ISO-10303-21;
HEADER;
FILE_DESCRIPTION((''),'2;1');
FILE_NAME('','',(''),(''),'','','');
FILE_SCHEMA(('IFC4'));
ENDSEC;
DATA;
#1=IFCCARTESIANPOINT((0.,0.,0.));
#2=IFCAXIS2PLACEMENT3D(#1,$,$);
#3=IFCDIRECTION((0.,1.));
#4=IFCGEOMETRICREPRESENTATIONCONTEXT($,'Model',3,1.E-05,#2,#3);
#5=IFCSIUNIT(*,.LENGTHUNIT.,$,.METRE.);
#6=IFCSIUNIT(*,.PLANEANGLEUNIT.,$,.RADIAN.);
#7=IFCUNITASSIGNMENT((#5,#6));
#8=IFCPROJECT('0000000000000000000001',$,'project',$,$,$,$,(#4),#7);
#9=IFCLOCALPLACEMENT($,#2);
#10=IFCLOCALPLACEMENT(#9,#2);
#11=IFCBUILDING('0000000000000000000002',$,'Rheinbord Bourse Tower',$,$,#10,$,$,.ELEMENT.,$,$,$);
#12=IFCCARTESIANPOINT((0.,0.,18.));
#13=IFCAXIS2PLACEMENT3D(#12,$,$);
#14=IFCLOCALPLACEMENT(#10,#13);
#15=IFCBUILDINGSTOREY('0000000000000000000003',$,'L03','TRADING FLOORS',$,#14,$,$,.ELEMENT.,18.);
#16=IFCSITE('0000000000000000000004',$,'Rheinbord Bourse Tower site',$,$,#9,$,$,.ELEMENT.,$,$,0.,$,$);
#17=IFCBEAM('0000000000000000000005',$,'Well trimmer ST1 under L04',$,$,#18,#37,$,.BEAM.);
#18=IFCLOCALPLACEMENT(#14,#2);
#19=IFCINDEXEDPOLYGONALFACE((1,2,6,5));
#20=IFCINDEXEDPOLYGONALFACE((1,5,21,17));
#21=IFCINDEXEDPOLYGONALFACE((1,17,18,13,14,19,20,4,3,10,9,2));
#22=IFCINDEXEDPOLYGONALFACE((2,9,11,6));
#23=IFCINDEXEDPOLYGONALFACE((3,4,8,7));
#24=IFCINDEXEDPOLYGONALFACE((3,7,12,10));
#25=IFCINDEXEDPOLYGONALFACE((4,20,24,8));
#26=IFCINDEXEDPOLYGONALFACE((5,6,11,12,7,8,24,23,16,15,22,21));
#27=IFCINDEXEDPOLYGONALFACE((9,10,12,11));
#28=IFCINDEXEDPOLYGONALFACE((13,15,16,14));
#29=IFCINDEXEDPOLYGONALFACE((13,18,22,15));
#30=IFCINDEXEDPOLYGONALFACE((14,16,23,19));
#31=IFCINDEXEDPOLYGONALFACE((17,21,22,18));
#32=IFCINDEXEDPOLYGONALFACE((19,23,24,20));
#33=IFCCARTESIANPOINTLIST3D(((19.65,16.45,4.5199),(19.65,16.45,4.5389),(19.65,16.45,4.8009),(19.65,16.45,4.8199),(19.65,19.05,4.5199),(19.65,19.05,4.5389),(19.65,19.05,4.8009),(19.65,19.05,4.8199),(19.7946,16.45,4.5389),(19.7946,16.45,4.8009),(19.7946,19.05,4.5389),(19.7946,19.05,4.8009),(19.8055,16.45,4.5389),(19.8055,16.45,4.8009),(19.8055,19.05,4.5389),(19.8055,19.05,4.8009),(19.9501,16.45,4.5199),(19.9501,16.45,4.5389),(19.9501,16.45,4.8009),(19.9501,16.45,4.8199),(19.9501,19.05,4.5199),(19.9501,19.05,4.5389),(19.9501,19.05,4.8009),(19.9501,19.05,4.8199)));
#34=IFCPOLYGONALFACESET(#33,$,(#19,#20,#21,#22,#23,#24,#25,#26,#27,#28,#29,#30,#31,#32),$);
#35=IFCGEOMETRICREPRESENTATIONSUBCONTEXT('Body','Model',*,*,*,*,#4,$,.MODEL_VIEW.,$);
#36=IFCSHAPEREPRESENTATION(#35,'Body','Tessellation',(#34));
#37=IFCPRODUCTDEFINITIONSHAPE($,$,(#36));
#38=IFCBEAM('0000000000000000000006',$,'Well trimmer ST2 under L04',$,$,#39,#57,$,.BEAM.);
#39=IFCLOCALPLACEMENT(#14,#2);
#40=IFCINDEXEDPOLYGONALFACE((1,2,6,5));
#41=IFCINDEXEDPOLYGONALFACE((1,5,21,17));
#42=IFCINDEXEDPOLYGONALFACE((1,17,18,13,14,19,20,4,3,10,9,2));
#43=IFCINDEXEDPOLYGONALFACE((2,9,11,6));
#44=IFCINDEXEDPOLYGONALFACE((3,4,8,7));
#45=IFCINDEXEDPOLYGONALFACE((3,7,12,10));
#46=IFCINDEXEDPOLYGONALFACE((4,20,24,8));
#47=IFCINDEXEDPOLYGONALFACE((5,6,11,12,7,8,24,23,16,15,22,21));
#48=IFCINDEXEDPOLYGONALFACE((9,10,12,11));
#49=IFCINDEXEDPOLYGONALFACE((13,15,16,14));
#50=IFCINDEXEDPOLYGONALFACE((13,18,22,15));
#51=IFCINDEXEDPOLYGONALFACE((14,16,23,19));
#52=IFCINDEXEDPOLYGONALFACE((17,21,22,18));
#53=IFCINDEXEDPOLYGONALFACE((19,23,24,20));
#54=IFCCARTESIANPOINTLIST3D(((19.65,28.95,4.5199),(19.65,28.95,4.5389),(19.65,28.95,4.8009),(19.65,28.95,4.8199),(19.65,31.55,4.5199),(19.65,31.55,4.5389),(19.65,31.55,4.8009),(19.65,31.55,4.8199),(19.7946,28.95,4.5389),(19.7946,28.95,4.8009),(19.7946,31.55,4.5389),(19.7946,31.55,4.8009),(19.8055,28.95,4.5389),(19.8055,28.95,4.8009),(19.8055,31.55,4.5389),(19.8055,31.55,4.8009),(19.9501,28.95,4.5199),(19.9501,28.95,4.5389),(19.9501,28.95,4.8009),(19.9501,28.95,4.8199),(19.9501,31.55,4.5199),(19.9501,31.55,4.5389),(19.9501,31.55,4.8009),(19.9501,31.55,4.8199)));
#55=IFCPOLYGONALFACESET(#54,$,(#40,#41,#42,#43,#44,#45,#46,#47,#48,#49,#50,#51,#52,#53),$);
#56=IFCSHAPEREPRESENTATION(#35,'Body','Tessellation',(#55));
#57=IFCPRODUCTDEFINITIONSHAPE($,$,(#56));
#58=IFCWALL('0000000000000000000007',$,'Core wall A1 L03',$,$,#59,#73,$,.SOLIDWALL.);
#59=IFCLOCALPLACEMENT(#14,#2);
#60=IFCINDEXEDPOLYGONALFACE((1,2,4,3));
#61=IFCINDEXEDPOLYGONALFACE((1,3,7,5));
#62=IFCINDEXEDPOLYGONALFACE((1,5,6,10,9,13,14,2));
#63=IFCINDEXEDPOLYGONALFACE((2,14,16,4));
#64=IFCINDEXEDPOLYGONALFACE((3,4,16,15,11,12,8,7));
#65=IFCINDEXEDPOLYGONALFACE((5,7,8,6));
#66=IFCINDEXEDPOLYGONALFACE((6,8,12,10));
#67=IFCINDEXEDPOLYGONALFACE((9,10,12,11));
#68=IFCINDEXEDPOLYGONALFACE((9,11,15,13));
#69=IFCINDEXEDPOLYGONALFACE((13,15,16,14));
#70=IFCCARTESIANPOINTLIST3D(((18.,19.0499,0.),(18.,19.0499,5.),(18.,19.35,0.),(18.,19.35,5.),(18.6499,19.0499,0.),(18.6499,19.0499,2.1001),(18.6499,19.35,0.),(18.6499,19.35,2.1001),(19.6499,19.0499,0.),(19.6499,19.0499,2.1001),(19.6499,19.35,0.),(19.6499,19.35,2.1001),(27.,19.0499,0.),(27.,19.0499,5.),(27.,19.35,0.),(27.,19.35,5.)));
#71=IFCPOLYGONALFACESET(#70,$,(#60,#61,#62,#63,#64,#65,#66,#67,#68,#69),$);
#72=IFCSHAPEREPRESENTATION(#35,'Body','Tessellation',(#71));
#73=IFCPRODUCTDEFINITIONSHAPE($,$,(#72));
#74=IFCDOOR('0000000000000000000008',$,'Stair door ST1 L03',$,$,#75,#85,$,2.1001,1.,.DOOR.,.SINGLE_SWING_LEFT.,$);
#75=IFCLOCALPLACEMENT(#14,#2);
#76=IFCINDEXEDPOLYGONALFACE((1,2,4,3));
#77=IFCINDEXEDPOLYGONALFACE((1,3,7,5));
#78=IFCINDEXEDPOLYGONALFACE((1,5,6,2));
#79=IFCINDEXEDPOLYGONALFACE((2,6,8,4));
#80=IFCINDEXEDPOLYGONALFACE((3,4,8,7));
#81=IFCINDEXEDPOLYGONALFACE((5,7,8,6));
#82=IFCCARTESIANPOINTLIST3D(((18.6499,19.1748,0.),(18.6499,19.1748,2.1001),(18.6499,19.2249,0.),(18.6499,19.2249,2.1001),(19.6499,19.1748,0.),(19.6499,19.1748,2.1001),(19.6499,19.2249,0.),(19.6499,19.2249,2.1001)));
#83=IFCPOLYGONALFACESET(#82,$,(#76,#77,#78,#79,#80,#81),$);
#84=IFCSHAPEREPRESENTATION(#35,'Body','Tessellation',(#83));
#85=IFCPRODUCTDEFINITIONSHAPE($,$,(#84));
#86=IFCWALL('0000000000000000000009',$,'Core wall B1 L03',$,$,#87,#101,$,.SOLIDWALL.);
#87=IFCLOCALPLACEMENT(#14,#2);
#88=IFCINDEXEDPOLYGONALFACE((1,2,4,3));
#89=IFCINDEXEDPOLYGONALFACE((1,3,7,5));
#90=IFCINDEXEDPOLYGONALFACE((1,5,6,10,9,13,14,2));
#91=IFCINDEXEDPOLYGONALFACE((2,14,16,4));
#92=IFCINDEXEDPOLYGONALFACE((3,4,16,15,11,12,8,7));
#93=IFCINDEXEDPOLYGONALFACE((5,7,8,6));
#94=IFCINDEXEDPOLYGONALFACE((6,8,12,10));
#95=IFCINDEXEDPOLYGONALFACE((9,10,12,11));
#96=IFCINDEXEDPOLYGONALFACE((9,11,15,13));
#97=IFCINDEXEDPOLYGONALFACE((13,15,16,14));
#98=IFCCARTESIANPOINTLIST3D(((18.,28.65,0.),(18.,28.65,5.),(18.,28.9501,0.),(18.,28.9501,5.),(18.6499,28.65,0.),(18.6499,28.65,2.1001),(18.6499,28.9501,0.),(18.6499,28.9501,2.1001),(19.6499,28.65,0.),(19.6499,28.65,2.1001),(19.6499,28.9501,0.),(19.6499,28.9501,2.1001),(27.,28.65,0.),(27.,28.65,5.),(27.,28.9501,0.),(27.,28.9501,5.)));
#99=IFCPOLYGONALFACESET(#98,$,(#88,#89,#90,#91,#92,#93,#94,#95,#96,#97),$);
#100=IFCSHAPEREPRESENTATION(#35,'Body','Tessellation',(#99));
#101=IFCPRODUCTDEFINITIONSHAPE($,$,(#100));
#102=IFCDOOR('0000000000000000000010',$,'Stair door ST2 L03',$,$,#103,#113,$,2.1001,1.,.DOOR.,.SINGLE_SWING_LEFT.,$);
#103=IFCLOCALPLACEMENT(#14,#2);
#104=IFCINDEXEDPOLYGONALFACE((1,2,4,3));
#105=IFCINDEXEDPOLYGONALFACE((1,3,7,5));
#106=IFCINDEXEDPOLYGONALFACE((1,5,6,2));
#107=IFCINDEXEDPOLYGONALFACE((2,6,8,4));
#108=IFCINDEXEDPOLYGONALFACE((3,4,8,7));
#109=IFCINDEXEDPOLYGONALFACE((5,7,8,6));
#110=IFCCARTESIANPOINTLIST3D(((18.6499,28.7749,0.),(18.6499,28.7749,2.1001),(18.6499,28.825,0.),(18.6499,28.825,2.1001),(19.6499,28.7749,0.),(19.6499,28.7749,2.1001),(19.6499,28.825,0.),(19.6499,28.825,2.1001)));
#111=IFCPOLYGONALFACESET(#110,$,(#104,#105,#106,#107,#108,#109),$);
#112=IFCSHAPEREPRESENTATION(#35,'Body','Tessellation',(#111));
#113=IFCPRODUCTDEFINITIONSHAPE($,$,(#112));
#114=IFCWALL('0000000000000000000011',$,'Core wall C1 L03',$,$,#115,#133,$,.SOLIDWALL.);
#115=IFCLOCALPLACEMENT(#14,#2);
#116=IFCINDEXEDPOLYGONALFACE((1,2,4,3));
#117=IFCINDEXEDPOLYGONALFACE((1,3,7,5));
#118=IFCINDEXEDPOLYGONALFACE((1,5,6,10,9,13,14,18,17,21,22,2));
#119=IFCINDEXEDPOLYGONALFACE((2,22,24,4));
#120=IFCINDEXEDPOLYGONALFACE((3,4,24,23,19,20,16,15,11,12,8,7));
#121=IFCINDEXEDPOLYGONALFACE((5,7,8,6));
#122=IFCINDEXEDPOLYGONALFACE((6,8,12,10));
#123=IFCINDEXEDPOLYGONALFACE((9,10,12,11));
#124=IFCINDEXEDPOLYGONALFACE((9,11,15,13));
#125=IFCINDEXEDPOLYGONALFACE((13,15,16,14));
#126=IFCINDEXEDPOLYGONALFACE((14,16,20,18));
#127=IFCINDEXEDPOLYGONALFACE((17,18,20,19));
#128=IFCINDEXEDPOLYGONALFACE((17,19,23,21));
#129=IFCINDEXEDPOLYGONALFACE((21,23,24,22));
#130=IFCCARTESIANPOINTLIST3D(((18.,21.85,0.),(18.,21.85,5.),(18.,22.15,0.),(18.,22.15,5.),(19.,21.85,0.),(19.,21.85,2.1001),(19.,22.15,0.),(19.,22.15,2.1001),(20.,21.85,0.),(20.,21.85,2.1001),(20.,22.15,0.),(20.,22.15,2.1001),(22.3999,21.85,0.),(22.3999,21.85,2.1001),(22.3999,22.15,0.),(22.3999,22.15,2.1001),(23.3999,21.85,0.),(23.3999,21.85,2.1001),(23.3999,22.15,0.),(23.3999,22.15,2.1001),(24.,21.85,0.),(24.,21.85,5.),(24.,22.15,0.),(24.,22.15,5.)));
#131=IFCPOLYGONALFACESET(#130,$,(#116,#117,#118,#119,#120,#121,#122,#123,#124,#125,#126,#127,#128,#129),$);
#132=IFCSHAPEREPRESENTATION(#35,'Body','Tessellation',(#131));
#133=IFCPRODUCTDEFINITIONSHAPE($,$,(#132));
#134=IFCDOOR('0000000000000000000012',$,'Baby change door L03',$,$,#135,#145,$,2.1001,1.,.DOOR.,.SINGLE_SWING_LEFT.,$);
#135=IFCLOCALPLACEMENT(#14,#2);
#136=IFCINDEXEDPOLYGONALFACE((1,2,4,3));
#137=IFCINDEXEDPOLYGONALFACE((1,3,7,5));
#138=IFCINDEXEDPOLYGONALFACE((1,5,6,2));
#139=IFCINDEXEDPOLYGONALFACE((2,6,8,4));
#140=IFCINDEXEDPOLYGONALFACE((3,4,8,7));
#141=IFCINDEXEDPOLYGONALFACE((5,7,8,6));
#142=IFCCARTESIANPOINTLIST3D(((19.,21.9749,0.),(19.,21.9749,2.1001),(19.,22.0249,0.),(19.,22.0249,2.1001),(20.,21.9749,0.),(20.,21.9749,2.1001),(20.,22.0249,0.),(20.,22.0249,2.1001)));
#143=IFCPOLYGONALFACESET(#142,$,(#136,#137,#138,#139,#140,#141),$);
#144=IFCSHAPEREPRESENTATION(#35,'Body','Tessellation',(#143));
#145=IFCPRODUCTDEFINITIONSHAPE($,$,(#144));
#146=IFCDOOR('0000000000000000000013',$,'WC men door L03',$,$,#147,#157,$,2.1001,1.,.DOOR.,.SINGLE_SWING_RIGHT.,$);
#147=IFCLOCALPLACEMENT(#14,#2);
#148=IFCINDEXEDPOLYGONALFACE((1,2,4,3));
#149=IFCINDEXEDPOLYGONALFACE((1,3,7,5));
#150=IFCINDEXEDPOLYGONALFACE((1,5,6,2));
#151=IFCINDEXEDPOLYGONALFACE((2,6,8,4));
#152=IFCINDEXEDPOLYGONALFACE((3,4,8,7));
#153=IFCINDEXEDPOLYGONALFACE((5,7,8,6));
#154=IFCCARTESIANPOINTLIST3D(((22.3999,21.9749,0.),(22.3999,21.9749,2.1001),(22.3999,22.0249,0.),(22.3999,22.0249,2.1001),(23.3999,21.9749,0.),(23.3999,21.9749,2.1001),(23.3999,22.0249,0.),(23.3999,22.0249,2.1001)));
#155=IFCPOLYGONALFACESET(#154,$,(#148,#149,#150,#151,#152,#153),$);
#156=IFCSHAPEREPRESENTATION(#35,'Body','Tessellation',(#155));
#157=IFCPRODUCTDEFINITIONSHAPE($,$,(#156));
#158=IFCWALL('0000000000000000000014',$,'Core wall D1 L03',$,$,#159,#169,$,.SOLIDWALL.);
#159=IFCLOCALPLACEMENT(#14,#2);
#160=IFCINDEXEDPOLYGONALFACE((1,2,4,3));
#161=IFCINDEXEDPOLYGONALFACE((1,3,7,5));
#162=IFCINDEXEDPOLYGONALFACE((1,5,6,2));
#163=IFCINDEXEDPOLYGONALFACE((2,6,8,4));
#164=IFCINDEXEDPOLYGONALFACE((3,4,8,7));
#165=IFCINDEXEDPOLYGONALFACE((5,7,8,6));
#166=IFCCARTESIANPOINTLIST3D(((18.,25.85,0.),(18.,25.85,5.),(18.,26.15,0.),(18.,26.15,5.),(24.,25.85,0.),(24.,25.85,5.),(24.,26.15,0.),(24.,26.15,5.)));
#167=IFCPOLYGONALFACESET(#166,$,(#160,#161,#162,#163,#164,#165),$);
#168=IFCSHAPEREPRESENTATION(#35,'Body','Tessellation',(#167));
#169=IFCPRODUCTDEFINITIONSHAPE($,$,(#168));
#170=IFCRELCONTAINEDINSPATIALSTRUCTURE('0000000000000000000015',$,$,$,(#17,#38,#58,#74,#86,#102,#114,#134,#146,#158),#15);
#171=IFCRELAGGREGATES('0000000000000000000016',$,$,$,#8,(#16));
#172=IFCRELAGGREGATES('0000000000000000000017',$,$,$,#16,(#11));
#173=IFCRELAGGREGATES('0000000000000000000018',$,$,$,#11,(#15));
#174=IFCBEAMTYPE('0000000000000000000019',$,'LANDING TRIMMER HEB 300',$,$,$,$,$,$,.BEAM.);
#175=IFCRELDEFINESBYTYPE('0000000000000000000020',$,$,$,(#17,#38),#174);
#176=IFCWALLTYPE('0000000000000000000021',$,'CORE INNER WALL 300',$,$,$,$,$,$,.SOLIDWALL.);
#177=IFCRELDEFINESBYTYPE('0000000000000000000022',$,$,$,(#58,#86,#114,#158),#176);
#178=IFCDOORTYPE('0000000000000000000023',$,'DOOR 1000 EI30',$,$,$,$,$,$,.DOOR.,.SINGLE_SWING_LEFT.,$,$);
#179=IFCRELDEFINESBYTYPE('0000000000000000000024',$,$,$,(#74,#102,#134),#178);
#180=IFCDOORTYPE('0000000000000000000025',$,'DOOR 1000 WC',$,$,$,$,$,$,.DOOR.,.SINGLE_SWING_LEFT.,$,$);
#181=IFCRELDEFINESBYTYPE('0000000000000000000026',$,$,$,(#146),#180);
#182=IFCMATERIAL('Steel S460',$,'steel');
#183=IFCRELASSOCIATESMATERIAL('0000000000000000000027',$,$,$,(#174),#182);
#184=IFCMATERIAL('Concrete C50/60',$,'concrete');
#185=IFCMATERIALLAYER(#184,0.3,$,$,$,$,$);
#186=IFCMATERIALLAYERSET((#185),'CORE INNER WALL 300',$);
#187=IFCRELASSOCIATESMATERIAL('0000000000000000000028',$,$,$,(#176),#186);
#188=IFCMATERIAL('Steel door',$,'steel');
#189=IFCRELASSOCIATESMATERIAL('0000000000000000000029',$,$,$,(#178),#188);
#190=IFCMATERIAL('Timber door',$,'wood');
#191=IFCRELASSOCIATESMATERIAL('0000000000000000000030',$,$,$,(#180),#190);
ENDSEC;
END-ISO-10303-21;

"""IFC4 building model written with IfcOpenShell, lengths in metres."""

from ifc_helpers import new_model, si_unit, direction, frame, frame_2d, origin, origin_2d, place, context, subcontext, project, spatial, rectangle, i_section, extrude, material, layer, layer_set, material_profile, profile_set, type_object, element, fill, save


model = new_model("IFC4")

# Units and contexts
model_context = context("Model", 3, precision=1e-05, world=origin(), true_north=direction((0.0, 1.0)))
body_context = subcontext(model_context, "Body", "Model", "MODEL_VIEW")
ifc_project = project(units=[si_unit("LENGTHUNIT", "METRE"), si_unit("PLANEANGLEUNIT", "RADIAN")], contexts=[model_context])

# Site, building, storey
site_placement = place(None, origin())
site = spatial("IfcSite", under=ifc_project, at=site_placement, Name="Rheinbord Bourse Tower site", CompositionType="ELEMENT", RefElevation=0.0)
building_placement = place(site_placement, origin())
building = spatial("IfcBuilding", under=site, at=building_placement, Name="Rheinbord Bourse Tower", CompositionType="ELEMENT")
storey_placement = place(building_placement, frame((0.0, 0.0, 18.0)))
storey = spatial("IfcBuildingStorey", under=building, at=storey_placement, Name="L03", Description="TRADING FLOORS", CompositionType="ELEMENT", Elevation=18.0)

# Beams
ifc_material_1 = material(Name="Steel S460", Category="steel")
ifc_material_profile = material_profile(ifc_material_1, i_section(OverallWidth=0.3, OverallDepth=0.3, WebThickness=0.011, FlangeThickness=0.019, at=origin_2d()), Name="HEB 300")
ifc_profile_set = profile_set([ifc_material_profile], Name="Steel S460")
beam_type = type_object("IfcBeamType", Name="LANDING TRIMMER HEB 300", PredefinedType="BEAM", material=ifc_profile_set)
for number, where, z_axis, x_axis, name in (
    (1, (19.8, 16.45, 4.6699), (0.0, 1.0, 0.0), (-1.0, 0.0, 0.0), "Well trimmer ST1 under L04"),
    (2, (19.8, 28.95, 4.6699), (0.0, 1.0, 0.0), (-1.0, 0.0, 0.0), "Well trimmer ST2 under L04"),
):
    element("IfcBeam", number, at=place(storey_placement, frame(where, z_axis=z_axis, x_axis=x_axis)), inside=storey, type_object=beam_type, Name=name, PredefinedType="BEAM", context=body_context, shape_type="SweptSolid", body=[
        extrude(i_section(OverallWidth=0.3, OverallDepth=0.3, WebThickness=0.011, FlangeThickness=0.019, at=origin_2d()), origin(), (0.0, 0.0, 1.0), 2.6001),
    ])

# Walls, openings, doors
ifc_material_2 = material(Name="Concrete C50/60", Category="concrete")
ifc_layer_1 = layer(ifc_material_2, 0.3)
ifc_layer_set_1 = layer_set([ifc_layer_1], Name="CORE INNER WALL 300")
wall_type_1 = type_object("IfcWallType", Name="CORE INNER WALL 300", PredefinedType="SOLIDWALL", material=ifc_layer_set_1)
wall_1_placement = place(storey_placement, frame((18.0, 19.2, 0.0), z_axis=(0.0, 0.0, 1.0), x_axis=(1.0, 0.0, 0.0)))
wall_1 = element("IfcWall", 3, at=wall_1_placement, inside=storey, type_object=wall_type_1, Name="Core wall A1 L03", PredefinedType="SOLIDWALL", context=body_context, shape_type="SweptSolid", body=[
    extrude(rectangle(XDim=9.0, YDim=0.3, at=frame_2d((4.5, 0.0))), origin(), (0.0, 0.0, 1.0), 5.0),
])
opening_1_placement = place(wall_1_placement, frame((0.6499, 0.0, 0.0)))
opening_1 = element("IfcOpeningElement", 4, at=opening_1_placement, cuts=wall_1, PredefinedType="OPENING", context=body_context, shape_type="SweptSolid", body=[
    extrude(rectangle(XDim=1.0, YDim=2.1001, at=frame_2d((0.5, 1.05))), frame((0.0, 0.1599, 0.0), z_axis=(0.0, -1.0, 0.0), x_axis=(1.0, 0.0, 0.0)), (0.0, 0.0, 1.0), 0.3201),
])
ifc_material_3 = material(Name="Steel door", Category="steel")
door_type_1 = type_object("IfcDoorType", Name="DOOR 1000 EI30", OperationType="SINGLE_SWING_LEFT", PredefinedType="DOOR", material=ifc_material_3)
door_1_placement = place(opening_1_placement, origin())
door_1 = element("IfcDoor", 5, at=door_1_placement, inside=storey, type_object=door_type_1, Name="Stair door ST1 L03", OperationType="SINGLE_SWING_LEFT", OverallHeight=2.1001, OverallWidth=1.0, PredefinedType="DOOR", context=body_context, shape_type="SweptSolid", body=[
    extrude(rectangle(XDim=1.0, YDim=2.1001, at=frame_2d((0.5, 1.05))), frame((0.0, 0.0249, 0.0), z_axis=(0.0, -1.0, 0.0), x_axis=(1.0, 0.0, 0.0)), (0.0, 0.0, 1.0), 0.05),
])
fill(opening_1, door_1)
wall_2_placement = place(storey_placement, frame((18.0, 28.8, 0.0), z_axis=(0.0, 0.0, 1.0), x_axis=(1.0, 0.0, 0.0)))
wall_2 = element("IfcWall", 6, at=wall_2_placement, inside=storey, type_object=wall_type_1, Name="Core wall B1 L03", PredefinedType="SOLIDWALL", context=body_context, shape_type="SweptSolid", body=[
    extrude(rectangle(XDim=9.0, YDim=0.3, at=frame_2d((4.5, 0.0))), origin(), (0.0, 0.0, 1.0), 5.0),
])
opening_2_placement = place(wall_2_placement, frame((0.6499, 0.0, 0.0)))
opening_2 = element("IfcOpeningElement", 7, at=opening_2_placement, cuts=wall_2, PredefinedType="OPENING", context=body_context, shape_type="SweptSolid", body=[
    extrude(rectangle(XDim=1.0, YDim=2.1001, at=frame_2d((0.5, 1.05))), frame((0.0, 0.1599, 0.0), z_axis=(0.0, -1.0, 0.0), x_axis=(1.0, 0.0, 0.0)), (0.0, 0.0, 1.0), 0.3201),
])
door_2_placement = place(opening_2_placement, origin())
door_2 = element("IfcDoor", 8, at=door_2_placement, inside=storey, type_object=door_type_1, Name="Stair door ST2 L03", OperationType="SINGLE_SWING_LEFT", OverallHeight=2.1001, OverallWidth=1.0, PredefinedType="DOOR", context=body_context, shape_type="SweptSolid", body=[
    extrude(rectangle(XDim=1.0, YDim=2.1001, at=frame_2d((0.5, 1.05))), frame((0.0, 0.0249, 0.0), z_axis=(0.0, -1.0, 0.0), x_axis=(1.0, 0.0, 0.0)), (0.0, 0.0, 1.0), 0.05),
])
fill(opening_2, door_2)

# Wall, openings, doors
wall_3_placement = place(storey_placement, frame((18.0, 22.0, 0.0), z_axis=(0.0, 0.0, 1.0), x_axis=(1.0, 0.0, 0.0)))
wall_3 = element("IfcWall", 9, at=wall_3_placement, inside=storey, type_object=wall_type_1, Name="Core wall C1 L03", PredefinedType="SOLIDWALL", context=body_context, shape_type="SweptSolid", body=[
    extrude(rectangle(XDim=6.0, YDim=0.3, at=frame_2d((3.0, 0.0))), origin(), (0.0, 0.0, 1.0), 5.0),
])
opening_3_placement = place(wall_3_placement, frame((4.3999, 0.0, 0.0)))
opening_3 = element("IfcOpeningElement", 10, at=opening_3_placement, cuts=wall_3, PredefinedType="OPENING", context=body_context, shape_type="SweptSolid", body=[
    extrude(rectangle(XDim=1.0, YDim=2.1001, at=frame_2d((0.5, 1.05))), frame((0.0, 0.1599, 0.0), z_axis=(0.0, -1.0, 0.0), x_axis=(1.0, 0.0, 0.0)), (0.0, 0.0, 1.0), 0.3201),
])
opening_4_placement = place(wall_3_placement, frame((1.0, 0.0, 0.0)))
opening_4 = element("IfcOpeningElement", 11, at=opening_4_placement, cuts=wall_3, PredefinedType="OPENING", context=body_context, shape_type="SweptSolid", body=[
    extrude(rectangle(XDim=1.0, YDim=2.1001, at=frame_2d((0.5, 1.05))), frame((0.0, 0.1599, 0.0), z_axis=(0.0, -1.0, 0.0), x_axis=(1.0, 0.0, 0.0)), (0.0, 0.0, 1.0), 0.3201),
])
door_3_placement = place(opening_4_placement, origin())
door_3 = element("IfcDoor", 12, at=door_3_placement, inside=storey, type_object=door_type_1, Name="Baby change door L03", OperationType="SINGLE_SWING_LEFT", OverallHeight=2.1001, OverallWidth=1.0, PredefinedType="DOOR", context=body_context, shape_type="SweptSolid", body=[
    extrude(rectangle(XDim=1.0, YDim=2.1001, at=frame_2d((0.5, 1.05))), frame((0.0, 0.0249, 0.0), z_axis=(0.0, -1.0, 0.0), x_axis=(1.0, 0.0, 0.0)), (0.0, 0.0, 1.0), 0.05),
])
fill(opening_4, door_3)
ifc_material_4 = material(Name="Timber door", Category="wood")
door_type_2 = type_object("IfcDoorType", Name="DOOR 1000 WC", OperationType="SINGLE_SWING_LEFT", PredefinedType="DOOR", material=ifc_material_4)
door_4_placement = place(opening_3_placement, origin())
door_4 = element("IfcDoor", 13, at=door_4_placement, inside=storey, type_object=door_type_2, Name="WC men door L03", OperationType="SINGLE_SWING_RIGHT", OverallHeight=2.1001, OverallWidth=1.0, PredefinedType="DOOR", context=body_context, shape_type="SweptSolid", body=[
    extrude(rectangle(XDim=1.0, YDim=2.1001, at=frame_2d((0.5, 1.05))), frame((0.0, 0.0249, 0.0), z_axis=(0.0, -1.0, 0.0), x_axis=(1.0, 0.0, 0.0)), (0.0, 0.0, 1.0), 0.05),
])
fill(opening_3, door_4)

# Wall
wall_4_placement = place(storey_placement, frame((18.0, 26.0, 0.0), z_axis=(0.0, 0.0, 1.0), x_axis=(1.0, 0.0, 0.0)))
element("IfcWall", 14, at=wall_4_placement, inside=storey, type_object=wall_type_1, Name="Core wall D1 L03", PredefinedType="SOLIDWALL", context=body_context, shape_type="SweptSolid", body=[
    extrude(rectangle(XDim=6.0, YDim=0.3, at=frame_2d((3.0, 0.0))), origin(), (0.0, 0.0, 1.0), 5.0),
])

save(model, "model.ifc")
